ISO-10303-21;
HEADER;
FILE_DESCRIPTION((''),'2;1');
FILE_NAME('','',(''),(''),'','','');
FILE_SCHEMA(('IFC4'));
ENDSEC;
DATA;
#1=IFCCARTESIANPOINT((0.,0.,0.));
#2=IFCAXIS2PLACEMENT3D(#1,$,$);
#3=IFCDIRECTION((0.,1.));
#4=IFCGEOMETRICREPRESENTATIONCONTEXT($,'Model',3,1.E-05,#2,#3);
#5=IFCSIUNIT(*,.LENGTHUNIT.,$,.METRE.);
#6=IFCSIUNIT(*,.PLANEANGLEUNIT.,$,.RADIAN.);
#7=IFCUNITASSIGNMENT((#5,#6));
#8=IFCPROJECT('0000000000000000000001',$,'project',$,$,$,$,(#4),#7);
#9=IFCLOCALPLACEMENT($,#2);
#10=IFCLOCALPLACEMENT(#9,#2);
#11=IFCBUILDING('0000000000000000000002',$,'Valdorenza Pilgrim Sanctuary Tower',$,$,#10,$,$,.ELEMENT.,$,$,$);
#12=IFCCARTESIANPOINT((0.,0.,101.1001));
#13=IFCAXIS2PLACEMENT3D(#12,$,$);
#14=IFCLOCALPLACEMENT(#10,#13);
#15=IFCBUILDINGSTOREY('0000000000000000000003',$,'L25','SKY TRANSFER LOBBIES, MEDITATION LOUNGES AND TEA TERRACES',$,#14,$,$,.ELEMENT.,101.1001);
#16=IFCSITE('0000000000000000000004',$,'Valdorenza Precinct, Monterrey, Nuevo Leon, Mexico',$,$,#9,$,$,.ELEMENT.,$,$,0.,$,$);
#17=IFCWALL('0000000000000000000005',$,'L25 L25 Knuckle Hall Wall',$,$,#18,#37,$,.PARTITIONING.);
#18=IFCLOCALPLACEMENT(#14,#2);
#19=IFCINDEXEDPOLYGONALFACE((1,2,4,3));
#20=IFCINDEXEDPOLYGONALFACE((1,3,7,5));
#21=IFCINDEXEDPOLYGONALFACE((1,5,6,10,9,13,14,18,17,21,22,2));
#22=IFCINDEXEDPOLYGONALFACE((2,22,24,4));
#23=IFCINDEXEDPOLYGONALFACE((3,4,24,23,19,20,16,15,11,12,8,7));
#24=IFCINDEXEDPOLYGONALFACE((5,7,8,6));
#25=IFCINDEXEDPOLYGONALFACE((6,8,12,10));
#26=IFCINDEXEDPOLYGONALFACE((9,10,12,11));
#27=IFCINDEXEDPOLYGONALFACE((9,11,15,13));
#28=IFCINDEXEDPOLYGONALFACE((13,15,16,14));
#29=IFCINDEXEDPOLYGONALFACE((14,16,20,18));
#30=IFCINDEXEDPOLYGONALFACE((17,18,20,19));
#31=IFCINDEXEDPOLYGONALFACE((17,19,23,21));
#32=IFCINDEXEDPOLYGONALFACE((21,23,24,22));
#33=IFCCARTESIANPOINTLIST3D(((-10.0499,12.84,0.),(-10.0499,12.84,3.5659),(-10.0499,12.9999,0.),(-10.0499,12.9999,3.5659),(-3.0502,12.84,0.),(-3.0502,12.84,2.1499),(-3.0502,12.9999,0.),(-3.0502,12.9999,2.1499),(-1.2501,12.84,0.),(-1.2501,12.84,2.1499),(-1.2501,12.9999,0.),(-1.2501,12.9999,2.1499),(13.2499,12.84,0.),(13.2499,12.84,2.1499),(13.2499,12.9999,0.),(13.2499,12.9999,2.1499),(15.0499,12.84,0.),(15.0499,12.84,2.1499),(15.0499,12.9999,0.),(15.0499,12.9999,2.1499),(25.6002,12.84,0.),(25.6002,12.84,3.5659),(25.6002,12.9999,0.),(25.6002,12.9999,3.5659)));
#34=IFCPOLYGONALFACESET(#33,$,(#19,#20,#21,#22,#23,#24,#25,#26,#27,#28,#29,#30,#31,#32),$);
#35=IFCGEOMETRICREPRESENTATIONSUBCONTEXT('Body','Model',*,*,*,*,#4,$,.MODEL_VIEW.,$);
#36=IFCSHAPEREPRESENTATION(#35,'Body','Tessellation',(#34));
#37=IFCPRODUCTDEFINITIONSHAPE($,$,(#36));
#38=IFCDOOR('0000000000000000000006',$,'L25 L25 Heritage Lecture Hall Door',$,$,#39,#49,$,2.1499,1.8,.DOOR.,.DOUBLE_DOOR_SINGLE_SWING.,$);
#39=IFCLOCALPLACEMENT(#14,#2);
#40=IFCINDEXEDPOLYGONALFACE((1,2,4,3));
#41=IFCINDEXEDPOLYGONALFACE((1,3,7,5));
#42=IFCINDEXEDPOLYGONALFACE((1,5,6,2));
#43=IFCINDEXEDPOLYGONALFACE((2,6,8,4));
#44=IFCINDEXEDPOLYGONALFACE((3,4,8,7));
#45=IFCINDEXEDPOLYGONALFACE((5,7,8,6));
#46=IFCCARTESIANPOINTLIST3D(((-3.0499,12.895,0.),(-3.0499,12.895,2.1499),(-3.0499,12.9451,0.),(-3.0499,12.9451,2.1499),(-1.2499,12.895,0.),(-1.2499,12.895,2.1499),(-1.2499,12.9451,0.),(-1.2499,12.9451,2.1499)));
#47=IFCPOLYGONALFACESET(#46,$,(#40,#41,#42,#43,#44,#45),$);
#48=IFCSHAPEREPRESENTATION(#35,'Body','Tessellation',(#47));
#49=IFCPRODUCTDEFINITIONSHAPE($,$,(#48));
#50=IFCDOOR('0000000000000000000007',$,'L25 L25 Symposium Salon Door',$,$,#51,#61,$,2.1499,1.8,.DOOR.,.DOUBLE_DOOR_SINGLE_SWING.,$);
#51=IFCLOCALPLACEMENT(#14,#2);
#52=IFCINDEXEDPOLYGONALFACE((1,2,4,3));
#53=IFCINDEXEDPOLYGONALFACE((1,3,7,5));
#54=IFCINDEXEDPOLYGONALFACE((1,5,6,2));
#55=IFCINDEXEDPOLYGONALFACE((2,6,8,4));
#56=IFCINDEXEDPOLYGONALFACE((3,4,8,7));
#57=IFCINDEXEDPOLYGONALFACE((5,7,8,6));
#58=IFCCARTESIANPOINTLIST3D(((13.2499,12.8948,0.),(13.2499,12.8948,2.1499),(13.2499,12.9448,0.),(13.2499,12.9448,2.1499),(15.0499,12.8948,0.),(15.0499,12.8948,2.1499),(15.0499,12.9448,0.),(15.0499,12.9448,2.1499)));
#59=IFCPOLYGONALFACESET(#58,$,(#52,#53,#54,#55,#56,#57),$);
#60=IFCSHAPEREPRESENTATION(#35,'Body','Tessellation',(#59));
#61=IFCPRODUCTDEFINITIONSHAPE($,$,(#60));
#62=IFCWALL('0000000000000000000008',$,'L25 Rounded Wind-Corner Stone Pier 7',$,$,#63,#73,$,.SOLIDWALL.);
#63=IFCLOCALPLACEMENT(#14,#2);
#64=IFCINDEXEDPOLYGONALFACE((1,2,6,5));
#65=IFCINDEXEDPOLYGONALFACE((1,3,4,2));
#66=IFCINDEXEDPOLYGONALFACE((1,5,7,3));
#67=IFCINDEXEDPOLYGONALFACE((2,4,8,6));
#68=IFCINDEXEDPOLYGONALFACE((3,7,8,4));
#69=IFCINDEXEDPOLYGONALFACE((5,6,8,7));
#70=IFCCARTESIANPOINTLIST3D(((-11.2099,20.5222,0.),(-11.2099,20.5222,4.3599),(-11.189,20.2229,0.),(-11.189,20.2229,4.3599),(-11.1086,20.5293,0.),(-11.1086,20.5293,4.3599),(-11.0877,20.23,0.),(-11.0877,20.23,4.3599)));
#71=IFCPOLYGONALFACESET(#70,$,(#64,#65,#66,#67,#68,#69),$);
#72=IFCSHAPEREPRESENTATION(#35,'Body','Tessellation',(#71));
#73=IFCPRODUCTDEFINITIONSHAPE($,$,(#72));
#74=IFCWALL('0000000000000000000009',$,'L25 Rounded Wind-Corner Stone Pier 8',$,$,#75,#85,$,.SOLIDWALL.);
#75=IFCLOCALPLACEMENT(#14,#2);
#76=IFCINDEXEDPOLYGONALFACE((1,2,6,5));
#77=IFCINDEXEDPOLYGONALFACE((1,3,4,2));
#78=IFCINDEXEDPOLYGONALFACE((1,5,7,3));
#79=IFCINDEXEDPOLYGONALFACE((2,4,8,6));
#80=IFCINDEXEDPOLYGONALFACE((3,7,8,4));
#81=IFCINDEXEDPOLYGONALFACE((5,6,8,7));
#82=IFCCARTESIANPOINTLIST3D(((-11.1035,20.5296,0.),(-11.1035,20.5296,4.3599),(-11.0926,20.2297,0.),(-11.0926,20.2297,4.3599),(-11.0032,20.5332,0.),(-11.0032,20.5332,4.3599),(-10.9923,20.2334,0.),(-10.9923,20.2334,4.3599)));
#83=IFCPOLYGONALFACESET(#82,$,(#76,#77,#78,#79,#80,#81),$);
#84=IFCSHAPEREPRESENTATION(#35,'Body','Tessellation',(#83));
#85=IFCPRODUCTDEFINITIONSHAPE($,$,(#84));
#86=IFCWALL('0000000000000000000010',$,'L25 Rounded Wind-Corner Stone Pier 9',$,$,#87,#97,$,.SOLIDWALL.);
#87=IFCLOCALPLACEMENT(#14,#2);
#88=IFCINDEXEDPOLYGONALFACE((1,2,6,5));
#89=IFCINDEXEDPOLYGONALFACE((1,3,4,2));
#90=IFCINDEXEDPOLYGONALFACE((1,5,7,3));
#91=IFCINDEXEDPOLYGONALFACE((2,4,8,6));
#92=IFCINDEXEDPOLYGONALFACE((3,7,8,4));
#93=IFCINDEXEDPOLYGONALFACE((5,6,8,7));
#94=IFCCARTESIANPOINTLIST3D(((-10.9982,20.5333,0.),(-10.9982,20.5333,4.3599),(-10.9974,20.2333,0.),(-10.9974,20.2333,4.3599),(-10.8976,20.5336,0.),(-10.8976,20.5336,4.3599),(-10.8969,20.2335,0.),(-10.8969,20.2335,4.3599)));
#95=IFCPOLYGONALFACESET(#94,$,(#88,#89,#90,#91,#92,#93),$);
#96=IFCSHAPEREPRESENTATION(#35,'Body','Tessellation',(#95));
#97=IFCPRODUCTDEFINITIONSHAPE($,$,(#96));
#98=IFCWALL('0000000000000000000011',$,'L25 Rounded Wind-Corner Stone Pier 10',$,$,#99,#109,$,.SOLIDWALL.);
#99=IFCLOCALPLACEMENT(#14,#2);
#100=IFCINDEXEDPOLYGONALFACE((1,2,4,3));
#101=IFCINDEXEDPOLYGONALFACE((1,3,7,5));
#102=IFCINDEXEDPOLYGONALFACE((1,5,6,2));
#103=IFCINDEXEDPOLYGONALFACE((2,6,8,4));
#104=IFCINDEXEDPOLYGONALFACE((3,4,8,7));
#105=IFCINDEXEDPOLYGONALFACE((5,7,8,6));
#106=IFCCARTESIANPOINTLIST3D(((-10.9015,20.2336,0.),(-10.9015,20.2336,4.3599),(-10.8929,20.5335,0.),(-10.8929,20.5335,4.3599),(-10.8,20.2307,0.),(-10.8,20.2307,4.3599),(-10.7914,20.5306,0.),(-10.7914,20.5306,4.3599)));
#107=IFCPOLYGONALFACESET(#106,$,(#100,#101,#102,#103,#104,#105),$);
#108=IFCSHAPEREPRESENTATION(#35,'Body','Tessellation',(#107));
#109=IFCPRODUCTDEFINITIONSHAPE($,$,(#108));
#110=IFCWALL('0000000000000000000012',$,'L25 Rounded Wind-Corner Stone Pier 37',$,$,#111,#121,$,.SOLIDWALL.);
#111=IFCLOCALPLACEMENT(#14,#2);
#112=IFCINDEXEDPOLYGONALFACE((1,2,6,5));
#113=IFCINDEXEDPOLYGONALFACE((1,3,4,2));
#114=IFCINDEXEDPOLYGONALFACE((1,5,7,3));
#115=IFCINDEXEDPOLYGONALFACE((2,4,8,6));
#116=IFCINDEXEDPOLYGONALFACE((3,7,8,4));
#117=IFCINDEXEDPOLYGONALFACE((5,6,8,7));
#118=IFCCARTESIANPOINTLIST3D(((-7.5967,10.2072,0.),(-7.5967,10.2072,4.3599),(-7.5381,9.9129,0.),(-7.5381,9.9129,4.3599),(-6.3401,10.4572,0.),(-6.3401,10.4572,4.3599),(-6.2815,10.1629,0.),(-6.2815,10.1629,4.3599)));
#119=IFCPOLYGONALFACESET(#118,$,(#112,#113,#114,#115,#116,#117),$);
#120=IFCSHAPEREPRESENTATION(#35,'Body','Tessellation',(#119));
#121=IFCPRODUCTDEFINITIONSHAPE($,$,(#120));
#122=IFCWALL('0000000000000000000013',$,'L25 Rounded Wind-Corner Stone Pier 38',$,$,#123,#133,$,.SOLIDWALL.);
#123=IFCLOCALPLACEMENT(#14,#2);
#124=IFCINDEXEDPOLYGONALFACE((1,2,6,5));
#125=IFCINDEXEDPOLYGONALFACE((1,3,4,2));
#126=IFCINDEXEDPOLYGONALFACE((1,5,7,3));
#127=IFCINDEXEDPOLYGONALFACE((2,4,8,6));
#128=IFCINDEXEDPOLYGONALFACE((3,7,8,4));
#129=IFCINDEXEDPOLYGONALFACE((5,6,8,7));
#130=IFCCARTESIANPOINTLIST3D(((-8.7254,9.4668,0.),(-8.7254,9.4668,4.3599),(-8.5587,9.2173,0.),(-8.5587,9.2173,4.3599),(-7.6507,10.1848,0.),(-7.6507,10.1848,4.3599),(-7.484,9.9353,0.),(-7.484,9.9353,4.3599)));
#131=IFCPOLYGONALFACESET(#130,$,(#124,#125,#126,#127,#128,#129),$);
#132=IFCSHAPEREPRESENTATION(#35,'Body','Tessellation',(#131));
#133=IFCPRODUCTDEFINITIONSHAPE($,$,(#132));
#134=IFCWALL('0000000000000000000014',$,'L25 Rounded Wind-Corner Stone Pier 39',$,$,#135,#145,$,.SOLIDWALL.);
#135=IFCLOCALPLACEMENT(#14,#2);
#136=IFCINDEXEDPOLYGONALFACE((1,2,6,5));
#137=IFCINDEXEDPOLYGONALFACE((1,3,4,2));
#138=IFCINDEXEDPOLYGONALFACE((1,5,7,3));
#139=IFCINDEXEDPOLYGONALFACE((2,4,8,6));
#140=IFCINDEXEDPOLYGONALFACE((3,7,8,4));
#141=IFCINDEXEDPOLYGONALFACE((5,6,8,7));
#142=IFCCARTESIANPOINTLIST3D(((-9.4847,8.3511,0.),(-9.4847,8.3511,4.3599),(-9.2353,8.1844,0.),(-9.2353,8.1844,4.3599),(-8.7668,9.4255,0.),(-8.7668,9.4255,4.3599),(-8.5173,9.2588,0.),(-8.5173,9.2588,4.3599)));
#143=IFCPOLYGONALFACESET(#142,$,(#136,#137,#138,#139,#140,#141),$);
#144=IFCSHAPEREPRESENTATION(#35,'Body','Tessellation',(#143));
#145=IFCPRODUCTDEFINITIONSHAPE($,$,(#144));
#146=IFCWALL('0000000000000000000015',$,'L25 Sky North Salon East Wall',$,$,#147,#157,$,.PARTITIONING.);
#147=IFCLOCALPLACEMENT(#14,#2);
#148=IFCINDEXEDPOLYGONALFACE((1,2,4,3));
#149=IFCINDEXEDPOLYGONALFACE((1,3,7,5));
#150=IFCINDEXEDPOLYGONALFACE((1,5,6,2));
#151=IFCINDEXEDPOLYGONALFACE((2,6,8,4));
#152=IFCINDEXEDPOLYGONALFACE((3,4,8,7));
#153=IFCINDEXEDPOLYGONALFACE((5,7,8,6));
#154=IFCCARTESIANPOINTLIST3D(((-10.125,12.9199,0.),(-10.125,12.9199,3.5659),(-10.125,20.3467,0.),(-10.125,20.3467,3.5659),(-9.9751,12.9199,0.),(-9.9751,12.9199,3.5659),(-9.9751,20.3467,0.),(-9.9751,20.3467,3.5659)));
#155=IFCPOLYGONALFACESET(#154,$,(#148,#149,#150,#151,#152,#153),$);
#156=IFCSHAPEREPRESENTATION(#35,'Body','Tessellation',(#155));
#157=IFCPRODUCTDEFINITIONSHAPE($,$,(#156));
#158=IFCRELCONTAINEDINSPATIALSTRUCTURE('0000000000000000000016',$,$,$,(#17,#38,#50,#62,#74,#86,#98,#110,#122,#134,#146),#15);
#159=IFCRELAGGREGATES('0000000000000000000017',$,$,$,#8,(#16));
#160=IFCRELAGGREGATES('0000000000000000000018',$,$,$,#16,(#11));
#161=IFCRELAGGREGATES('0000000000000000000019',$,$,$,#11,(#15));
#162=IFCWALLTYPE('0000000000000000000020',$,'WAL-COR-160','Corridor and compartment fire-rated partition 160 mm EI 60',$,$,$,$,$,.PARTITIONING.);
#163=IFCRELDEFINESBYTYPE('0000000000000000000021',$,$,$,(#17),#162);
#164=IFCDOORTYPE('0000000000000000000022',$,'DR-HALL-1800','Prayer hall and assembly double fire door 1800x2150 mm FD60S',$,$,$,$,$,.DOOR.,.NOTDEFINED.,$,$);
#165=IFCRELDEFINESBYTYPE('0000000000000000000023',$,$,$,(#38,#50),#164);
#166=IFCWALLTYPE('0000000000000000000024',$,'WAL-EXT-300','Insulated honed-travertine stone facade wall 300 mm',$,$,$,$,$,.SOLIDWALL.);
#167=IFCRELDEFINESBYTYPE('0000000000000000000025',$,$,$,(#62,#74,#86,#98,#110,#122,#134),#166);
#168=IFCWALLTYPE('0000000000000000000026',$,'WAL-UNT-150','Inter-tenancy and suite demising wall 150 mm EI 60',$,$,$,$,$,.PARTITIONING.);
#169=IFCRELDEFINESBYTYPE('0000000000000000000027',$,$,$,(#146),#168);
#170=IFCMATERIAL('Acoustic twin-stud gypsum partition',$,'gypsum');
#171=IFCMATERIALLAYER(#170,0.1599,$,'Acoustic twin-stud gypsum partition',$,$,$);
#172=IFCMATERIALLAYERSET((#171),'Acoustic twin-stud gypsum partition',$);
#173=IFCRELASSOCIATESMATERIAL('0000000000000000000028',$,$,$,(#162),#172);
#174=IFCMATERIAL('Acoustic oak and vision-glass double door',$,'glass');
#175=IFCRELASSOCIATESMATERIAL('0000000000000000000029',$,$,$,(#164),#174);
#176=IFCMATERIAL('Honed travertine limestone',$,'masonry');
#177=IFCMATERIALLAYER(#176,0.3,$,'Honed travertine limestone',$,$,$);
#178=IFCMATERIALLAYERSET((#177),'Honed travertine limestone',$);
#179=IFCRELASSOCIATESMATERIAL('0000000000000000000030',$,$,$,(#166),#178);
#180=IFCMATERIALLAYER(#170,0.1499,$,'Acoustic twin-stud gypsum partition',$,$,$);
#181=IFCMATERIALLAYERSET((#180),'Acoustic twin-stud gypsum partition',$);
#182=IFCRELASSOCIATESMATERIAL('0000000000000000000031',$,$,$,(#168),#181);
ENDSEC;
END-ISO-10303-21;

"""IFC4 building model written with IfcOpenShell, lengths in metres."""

from ifc_helpers import new_model, si_unit, direction, frame, frame_2d, origin, place, context, subcontext, project, spatial, rectangle, extrude, material, layer, layer_set, type_object, element, fill, save


model = new_model("IFC4")

# Units and contexts
model_context = context("Model", 3, precision=1e-05, world=origin(), true_north=direction((0.0, 1.0)))
body_context = subcontext(model_context, "Body", "Model", "MODEL_VIEW")
ifc_project = project(units=[si_unit("LENGTHUNIT", "METRE"), si_unit("PLANEANGLEUNIT", "RADIAN")], contexts=[model_context])

# Site, building, storey
site_placement = place(None, origin())
site = spatial("IfcSite", under=ifc_project, at=site_placement, Name="Valdorenza Precinct, Monterrey, Nuevo Leon, Mexico", CompositionType="ELEMENT", RefElevation=0.0)
building_placement = place(site_placement, origin())
building = spatial("IfcBuilding", under=site, at=building_placement, Name="Valdorenza Pilgrim Sanctuary Tower", CompositionType="ELEMENT")
storey_placement = place(building_placement, frame((0.0, 0.0, 101.1001)))
storey = spatial("IfcBuildingStorey", under=building, at=storey_placement, Name="L25", Description="SKY TRANSFER LOBBIES, MEDITATION LOUNGES AND TEA TERRACES", CompositionType="ELEMENT", Elevation=101.1001)

# Shared definitions
ifc_material_1 = material(Name="Honed travertine limestone", Category="masonry")

# Shared definitions
ifc_material_2 = material(Name="Acoustic twin-stud gypsum partition", Category="gypsum")
ifc_layer_1 = layer(ifc_material_2, 0.1599, Name="Acoustic twin-stud gypsum partition")
ifc_layer_set_1 = layer_set([ifc_layer_1], Name="Acoustic twin-stud gypsum partition")
wall_type_1 = type_object("IfcWallType", Name="WAL-COR-160", Description="Corridor and compartment fire-rated partition 160 mm EI 60", PredefinedType="PARTITIONING", material=ifc_layer_set_1)

# Wall, openings, doors
wall_1_placement = place(storey_placement, frame((-10.05, 12.9199, 0.0), z_axis=(0.0, 0.0, 1.0), x_axis=(1.0, 0.0, 0.0)))
wall_1 = element("IfcWall", 1, at=wall_1_placement, inside=storey, type_object=wall_type_1, Name="L25 L25 Knuckle Hall Wall", PredefinedType="PARTITIONING", context=body_context, shape_type="SweptSolid", body=[
    extrude(rectangle(XDim=35.6501, YDim=0.1599, at=frame_2d((17.8252, 0.0))), origin(), (0.0, 0.0, 1.0), 3.5659),
])
opening_1_placement = place(wall_1_placement, frame((7.0, 0.0, 0.0)))
opening_1 = element("IfcOpeningElement", 2, at=opening_1_placement, cuts=wall_1, PredefinedType="OPENING", context=body_context, shape_type="SweptSolid", body=[
    extrude(rectangle(XDim=1.8, YDim=2.1499, at=frame_2d((0.8999, 1.075))), frame((0.0, 0.0947, 0.0), z_axis=(0.0, -1.0, 0.0), x_axis=(1.0, 0.0, 0.0)), (0.0, 0.0, 1.0), 0.1897),
])
opening_2_placement = place(wall_1_placement, frame((23.3, 0.0, 0.0)))
opening_2 = element("IfcOpeningElement", 3, at=opening_2_placement, cuts=wall_1, PredefinedType="OPENING", context=body_context, shape_type="SweptSolid", body=[
    extrude(rectangle(XDim=1.8, YDim=2.1499, at=frame_2d((0.8999, 1.075))), frame((0.0, 0.0947, 0.0), z_axis=(0.0, -1.0, 0.0), x_axis=(1.0, 0.0, 0.0)), (0.0, 0.0, 1.0), 0.1897),
])
ifc_material_3 = material(Name="Acoustic oak and vision-glass double door", Category="glass")
door_type = type_object("IfcDoorType", Name="DR-HALL-1800", Description="Prayer hall and assembly double fire door 1800x2150 mm FD60S", OperationType="NOTDEFINED", PredefinedType="DOOR", material=ifc_material_3)
door_1_placement = place(opening_1_placement, frame((1.8, 0.0, 0.0), z_axis=(0.0, 0.0, 1.0), x_axis=(-1.0, 0.0, 0.0)))
door_1 = element("IfcDoor", 4, at=door_1_placement, inside=storey, type_object=door_type, Name="L25 L25 Heritage Lecture Hall Door", OperationType="DOUBLE_DOOR_SINGLE_SWING", OverallHeight=2.1499, OverallWidth=1.8, PredefinedType="DOOR", context=body_context, shape_type="SweptSolid", body=[
    extrude(rectangle(XDim=1.8, YDim=2.1499, at=frame_2d((0.8999, 1.075))), frame((0.0, 0.0249, 0.0), z_axis=(0.0, -1.0, 0.0), x_axis=(1.0, 0.0, 0.0)), (0.0, 0.0, 1.0), 0.05),
])
fill(opening_1, door_1)
door_2_placement = place(opening_2_placement, origin())
door_2 = element("IfcDoor", 5, at=door_2_placement, inside=storey, type_object=door_type, Name="L25 L25 Symposium Salon Door", OperationType="DOUBLE_DOOR_SINGLE_SWING", OverallHeight=2.1499, OverallWidth=1.8, PredefinedType="DOOR", context=body_context, shape_type="SweptSolid", body=[
    extrude(rectangle(XDim=1.8, YDim=2.1499, at=frame_2d((0.8999, 1.075))), frame((0.0, 0.0249, 0.0), z_axis=(0.0, -1.0, 0.0), x_axis=(1.0, 0.0, 0.0)), (0.0, 0.0, 1.0), 0.05),
])
fill(opening_2, door_2)

# Walls
ifc_layer_2 = layer(ifc_material_1, 0.3, Name="Honed travertine limestone")
ifc_layer_set_2 = layer_set([ifc_layer_2], Name="Honed travertine limestone")
wall_type_2 = type_object("IfcWallType", Name="WAL-EXT-300", Description="Insulated honed-travertine stone facade wall 300 mm", PredefinedType="SOLIDWALL", material=ifc_layer_set_2)
wall_2_placement = place(storey_placement, frame((-11.1995, 20.3726, 0.0), z_axis=(0.0, 0.0, 1.0), x_axis=(0.997567, 0.06971, 0.0)))
element("IfcWall", 6, at=wall_2_placement, inside=storey, type_object=wall_type_2, Name="L25 Rounded Wind-Corner Stone Pier 7", PredefinedType="SOLIDWALL", context=body_context, shape_type="SweptSolid", body=[
    extrude(rectangle(XDim=0.1016, YDim=0.3, at=frame_2d((0.0508, 0.0))), origin(), (0.0, 0.0, 1.0), 4.3599),
])
wall_3_placement = place(storey_placement, frame((-11.0981, 20.3796, 0.0), z_axis=(0.0, 0.0, 1.0), x_axis=(0.999335, 0.036472, 0.0)))
element("IfcWall", 7, at=wall_3_placement, inside=storey, type_object=wall_type_2, Name="L25 Rounded Wind-Corner Stone Pier 8", PredefinedType="SOLIDWALL", context=body_context, shape_type="SweptSolid", body=[
    extrude(rectangle(XDim=0.1003, YDim=0.3, at=frame_2d((0.0503, 0.0))), origin(), (0.0, 0.0, 1.0), 4.3599),
])
wall_4_placement = place(storey_placement, frame((-10.9978, 20.3833, 0.0), z_axis=(0.0, 0.0, 1.0), x_axis=(0.999997, 0.002427, 0.0)))
element("IfcWall", 8, at=wall_4_placement, inside=storey, type_object=wall_type_2, Name="L25 Rounded Wind-Corner Stone Pier 9", PredefinedType="SOLIDWALL", context=body_context, shape_type="SweptSolid", body=[
    extrude(rectangle(XDim=0.1006, YDim=0.3, at=frame_2d((0.0503, 0.0))), origin(), (0.0, 0.0, 1.0), 4.3599),
])
wall_5_placement = place(storey_placement, frame((-10.8972, 20.3835, 0.0), z_axis=(0.0, 0.0, 1.0), x_axis=(0.999584, -0.028834, 0.0)))
element("IfcWall", 9, at=wall_5_placement, inside=storey, type_object=wall_type_2, Name="L25 Rounded Wind-Corner Stone Pier 10", PredefinedType="SOLIDWALL", context=body_context, shape_type="SweptSolid", body=[
    extrude(rectangle(XDim=0.1016, YDim=0.3, at=frame_2d((0.0508, 0.0))), origin(), (0.0, 0.0, 1.0), 4.3599),
])
wall_6_placement = place(storey_placement, frame((-6.3108, 10.3101, 0.0), z_axis=(0.0, 0.0, 1.0), x_axis=(-0.980778, -0.195127, 0.0)))
element("IfcWall", 10, at=wall_6_placement, inside=storey, type_object=wall_type_2, Name="L25 Rounded Wind-Corner Stone Pier 37", PredefinedType="SOLIDWALL", context=body_context, shape_type="SweptSolid", body=[
    extrude(rectangle(XDim=1.2812, YDim=0.3, at=frame_2d((0.6406, 0.0))), origin(), (0.0, 0.0, 1.0), 4.3599),
])
wall_7_placement = place(storey_placement, frame((-7.5674, 10.0601, 0.0), z_axis=(0.0, 0.0, 1.0), x_axis=(-0.831498, -0.555528, 0.0)))
element("IfcWall", 11, at=wall_7_placement, inside=storey, type_object=wall_type_2, Name="L25 Rounded Wind-Corner Stone Pier 38", PredefinedType="SOLIDWALL", context=body_context, shape_type="SweptSolid", body=[
    extrude(rectangle(XDim=1.2925, YDim=0.3, at=frame_2d((0.6462, 0.0))), origin(), (0.0, 0.0, 1.0), 4.3599),
])
wall_8_placement = place(storey_placement, frame((-8.6421, 9.342, 0.0), z_axis=(0.0, 0.0, 1.0), x_axis=(-0.555615, -0.831439, 0.0)))
element("IfcWall", 12, at=wall_8_placement, inside=storey, type_object=wall_type_2, Name="L25 Rounded Wind-Corner Stone Pier 39", PredefinedType="SOLIDWALL", context=body_context, shape_type="SweptSolid", body=[
    extrude(rectangle(XDim=1.2922, YDim=0.3, at=frame_2d((0.646, 0.0))), origin(), (0.0, 0.0, 1.0), 4.3599),
])
ifc_layer_3 = layer(ifc_material_2, 0.1499, Name="Acoustic twin-stud gypsum partition")
ifc_layer_set_3 = layer_set([ifc_layer_3], Name="Acoustic twin-stud gypsum partition")
wall_type_3 = type_object("IfcWallType", Name="WAL-UNT-150", Description="Inter-tenancy and suite demising wall 150 mm EI 60", PredefinedType="PARTITIONING", material=ifc_layer_set_3)
wall_9_placement = place(storey_placement, frame((-10.05, 12.9199, 0.0), z_axis=(0.0, 0.0, 1.0), x_axis=(0.0, 1.0, 0.0)))
element("IfcWall", 13, at=wall_9_placement, inside=storey, type_object=wall_type_3, Name="L25 Sky North Salon East Wall", PredefinedType="PARTITIONING", context=body_context, shape_type="SweptSolid", body=[
    extrude(rectangle(XDim=7.4268, YDim=0.1499, at=frame_2d((3.7134, 0.0))), origin(), (0.0, 0.0, 1.0), 3.5659),
])

save(model, "model.ifc")
